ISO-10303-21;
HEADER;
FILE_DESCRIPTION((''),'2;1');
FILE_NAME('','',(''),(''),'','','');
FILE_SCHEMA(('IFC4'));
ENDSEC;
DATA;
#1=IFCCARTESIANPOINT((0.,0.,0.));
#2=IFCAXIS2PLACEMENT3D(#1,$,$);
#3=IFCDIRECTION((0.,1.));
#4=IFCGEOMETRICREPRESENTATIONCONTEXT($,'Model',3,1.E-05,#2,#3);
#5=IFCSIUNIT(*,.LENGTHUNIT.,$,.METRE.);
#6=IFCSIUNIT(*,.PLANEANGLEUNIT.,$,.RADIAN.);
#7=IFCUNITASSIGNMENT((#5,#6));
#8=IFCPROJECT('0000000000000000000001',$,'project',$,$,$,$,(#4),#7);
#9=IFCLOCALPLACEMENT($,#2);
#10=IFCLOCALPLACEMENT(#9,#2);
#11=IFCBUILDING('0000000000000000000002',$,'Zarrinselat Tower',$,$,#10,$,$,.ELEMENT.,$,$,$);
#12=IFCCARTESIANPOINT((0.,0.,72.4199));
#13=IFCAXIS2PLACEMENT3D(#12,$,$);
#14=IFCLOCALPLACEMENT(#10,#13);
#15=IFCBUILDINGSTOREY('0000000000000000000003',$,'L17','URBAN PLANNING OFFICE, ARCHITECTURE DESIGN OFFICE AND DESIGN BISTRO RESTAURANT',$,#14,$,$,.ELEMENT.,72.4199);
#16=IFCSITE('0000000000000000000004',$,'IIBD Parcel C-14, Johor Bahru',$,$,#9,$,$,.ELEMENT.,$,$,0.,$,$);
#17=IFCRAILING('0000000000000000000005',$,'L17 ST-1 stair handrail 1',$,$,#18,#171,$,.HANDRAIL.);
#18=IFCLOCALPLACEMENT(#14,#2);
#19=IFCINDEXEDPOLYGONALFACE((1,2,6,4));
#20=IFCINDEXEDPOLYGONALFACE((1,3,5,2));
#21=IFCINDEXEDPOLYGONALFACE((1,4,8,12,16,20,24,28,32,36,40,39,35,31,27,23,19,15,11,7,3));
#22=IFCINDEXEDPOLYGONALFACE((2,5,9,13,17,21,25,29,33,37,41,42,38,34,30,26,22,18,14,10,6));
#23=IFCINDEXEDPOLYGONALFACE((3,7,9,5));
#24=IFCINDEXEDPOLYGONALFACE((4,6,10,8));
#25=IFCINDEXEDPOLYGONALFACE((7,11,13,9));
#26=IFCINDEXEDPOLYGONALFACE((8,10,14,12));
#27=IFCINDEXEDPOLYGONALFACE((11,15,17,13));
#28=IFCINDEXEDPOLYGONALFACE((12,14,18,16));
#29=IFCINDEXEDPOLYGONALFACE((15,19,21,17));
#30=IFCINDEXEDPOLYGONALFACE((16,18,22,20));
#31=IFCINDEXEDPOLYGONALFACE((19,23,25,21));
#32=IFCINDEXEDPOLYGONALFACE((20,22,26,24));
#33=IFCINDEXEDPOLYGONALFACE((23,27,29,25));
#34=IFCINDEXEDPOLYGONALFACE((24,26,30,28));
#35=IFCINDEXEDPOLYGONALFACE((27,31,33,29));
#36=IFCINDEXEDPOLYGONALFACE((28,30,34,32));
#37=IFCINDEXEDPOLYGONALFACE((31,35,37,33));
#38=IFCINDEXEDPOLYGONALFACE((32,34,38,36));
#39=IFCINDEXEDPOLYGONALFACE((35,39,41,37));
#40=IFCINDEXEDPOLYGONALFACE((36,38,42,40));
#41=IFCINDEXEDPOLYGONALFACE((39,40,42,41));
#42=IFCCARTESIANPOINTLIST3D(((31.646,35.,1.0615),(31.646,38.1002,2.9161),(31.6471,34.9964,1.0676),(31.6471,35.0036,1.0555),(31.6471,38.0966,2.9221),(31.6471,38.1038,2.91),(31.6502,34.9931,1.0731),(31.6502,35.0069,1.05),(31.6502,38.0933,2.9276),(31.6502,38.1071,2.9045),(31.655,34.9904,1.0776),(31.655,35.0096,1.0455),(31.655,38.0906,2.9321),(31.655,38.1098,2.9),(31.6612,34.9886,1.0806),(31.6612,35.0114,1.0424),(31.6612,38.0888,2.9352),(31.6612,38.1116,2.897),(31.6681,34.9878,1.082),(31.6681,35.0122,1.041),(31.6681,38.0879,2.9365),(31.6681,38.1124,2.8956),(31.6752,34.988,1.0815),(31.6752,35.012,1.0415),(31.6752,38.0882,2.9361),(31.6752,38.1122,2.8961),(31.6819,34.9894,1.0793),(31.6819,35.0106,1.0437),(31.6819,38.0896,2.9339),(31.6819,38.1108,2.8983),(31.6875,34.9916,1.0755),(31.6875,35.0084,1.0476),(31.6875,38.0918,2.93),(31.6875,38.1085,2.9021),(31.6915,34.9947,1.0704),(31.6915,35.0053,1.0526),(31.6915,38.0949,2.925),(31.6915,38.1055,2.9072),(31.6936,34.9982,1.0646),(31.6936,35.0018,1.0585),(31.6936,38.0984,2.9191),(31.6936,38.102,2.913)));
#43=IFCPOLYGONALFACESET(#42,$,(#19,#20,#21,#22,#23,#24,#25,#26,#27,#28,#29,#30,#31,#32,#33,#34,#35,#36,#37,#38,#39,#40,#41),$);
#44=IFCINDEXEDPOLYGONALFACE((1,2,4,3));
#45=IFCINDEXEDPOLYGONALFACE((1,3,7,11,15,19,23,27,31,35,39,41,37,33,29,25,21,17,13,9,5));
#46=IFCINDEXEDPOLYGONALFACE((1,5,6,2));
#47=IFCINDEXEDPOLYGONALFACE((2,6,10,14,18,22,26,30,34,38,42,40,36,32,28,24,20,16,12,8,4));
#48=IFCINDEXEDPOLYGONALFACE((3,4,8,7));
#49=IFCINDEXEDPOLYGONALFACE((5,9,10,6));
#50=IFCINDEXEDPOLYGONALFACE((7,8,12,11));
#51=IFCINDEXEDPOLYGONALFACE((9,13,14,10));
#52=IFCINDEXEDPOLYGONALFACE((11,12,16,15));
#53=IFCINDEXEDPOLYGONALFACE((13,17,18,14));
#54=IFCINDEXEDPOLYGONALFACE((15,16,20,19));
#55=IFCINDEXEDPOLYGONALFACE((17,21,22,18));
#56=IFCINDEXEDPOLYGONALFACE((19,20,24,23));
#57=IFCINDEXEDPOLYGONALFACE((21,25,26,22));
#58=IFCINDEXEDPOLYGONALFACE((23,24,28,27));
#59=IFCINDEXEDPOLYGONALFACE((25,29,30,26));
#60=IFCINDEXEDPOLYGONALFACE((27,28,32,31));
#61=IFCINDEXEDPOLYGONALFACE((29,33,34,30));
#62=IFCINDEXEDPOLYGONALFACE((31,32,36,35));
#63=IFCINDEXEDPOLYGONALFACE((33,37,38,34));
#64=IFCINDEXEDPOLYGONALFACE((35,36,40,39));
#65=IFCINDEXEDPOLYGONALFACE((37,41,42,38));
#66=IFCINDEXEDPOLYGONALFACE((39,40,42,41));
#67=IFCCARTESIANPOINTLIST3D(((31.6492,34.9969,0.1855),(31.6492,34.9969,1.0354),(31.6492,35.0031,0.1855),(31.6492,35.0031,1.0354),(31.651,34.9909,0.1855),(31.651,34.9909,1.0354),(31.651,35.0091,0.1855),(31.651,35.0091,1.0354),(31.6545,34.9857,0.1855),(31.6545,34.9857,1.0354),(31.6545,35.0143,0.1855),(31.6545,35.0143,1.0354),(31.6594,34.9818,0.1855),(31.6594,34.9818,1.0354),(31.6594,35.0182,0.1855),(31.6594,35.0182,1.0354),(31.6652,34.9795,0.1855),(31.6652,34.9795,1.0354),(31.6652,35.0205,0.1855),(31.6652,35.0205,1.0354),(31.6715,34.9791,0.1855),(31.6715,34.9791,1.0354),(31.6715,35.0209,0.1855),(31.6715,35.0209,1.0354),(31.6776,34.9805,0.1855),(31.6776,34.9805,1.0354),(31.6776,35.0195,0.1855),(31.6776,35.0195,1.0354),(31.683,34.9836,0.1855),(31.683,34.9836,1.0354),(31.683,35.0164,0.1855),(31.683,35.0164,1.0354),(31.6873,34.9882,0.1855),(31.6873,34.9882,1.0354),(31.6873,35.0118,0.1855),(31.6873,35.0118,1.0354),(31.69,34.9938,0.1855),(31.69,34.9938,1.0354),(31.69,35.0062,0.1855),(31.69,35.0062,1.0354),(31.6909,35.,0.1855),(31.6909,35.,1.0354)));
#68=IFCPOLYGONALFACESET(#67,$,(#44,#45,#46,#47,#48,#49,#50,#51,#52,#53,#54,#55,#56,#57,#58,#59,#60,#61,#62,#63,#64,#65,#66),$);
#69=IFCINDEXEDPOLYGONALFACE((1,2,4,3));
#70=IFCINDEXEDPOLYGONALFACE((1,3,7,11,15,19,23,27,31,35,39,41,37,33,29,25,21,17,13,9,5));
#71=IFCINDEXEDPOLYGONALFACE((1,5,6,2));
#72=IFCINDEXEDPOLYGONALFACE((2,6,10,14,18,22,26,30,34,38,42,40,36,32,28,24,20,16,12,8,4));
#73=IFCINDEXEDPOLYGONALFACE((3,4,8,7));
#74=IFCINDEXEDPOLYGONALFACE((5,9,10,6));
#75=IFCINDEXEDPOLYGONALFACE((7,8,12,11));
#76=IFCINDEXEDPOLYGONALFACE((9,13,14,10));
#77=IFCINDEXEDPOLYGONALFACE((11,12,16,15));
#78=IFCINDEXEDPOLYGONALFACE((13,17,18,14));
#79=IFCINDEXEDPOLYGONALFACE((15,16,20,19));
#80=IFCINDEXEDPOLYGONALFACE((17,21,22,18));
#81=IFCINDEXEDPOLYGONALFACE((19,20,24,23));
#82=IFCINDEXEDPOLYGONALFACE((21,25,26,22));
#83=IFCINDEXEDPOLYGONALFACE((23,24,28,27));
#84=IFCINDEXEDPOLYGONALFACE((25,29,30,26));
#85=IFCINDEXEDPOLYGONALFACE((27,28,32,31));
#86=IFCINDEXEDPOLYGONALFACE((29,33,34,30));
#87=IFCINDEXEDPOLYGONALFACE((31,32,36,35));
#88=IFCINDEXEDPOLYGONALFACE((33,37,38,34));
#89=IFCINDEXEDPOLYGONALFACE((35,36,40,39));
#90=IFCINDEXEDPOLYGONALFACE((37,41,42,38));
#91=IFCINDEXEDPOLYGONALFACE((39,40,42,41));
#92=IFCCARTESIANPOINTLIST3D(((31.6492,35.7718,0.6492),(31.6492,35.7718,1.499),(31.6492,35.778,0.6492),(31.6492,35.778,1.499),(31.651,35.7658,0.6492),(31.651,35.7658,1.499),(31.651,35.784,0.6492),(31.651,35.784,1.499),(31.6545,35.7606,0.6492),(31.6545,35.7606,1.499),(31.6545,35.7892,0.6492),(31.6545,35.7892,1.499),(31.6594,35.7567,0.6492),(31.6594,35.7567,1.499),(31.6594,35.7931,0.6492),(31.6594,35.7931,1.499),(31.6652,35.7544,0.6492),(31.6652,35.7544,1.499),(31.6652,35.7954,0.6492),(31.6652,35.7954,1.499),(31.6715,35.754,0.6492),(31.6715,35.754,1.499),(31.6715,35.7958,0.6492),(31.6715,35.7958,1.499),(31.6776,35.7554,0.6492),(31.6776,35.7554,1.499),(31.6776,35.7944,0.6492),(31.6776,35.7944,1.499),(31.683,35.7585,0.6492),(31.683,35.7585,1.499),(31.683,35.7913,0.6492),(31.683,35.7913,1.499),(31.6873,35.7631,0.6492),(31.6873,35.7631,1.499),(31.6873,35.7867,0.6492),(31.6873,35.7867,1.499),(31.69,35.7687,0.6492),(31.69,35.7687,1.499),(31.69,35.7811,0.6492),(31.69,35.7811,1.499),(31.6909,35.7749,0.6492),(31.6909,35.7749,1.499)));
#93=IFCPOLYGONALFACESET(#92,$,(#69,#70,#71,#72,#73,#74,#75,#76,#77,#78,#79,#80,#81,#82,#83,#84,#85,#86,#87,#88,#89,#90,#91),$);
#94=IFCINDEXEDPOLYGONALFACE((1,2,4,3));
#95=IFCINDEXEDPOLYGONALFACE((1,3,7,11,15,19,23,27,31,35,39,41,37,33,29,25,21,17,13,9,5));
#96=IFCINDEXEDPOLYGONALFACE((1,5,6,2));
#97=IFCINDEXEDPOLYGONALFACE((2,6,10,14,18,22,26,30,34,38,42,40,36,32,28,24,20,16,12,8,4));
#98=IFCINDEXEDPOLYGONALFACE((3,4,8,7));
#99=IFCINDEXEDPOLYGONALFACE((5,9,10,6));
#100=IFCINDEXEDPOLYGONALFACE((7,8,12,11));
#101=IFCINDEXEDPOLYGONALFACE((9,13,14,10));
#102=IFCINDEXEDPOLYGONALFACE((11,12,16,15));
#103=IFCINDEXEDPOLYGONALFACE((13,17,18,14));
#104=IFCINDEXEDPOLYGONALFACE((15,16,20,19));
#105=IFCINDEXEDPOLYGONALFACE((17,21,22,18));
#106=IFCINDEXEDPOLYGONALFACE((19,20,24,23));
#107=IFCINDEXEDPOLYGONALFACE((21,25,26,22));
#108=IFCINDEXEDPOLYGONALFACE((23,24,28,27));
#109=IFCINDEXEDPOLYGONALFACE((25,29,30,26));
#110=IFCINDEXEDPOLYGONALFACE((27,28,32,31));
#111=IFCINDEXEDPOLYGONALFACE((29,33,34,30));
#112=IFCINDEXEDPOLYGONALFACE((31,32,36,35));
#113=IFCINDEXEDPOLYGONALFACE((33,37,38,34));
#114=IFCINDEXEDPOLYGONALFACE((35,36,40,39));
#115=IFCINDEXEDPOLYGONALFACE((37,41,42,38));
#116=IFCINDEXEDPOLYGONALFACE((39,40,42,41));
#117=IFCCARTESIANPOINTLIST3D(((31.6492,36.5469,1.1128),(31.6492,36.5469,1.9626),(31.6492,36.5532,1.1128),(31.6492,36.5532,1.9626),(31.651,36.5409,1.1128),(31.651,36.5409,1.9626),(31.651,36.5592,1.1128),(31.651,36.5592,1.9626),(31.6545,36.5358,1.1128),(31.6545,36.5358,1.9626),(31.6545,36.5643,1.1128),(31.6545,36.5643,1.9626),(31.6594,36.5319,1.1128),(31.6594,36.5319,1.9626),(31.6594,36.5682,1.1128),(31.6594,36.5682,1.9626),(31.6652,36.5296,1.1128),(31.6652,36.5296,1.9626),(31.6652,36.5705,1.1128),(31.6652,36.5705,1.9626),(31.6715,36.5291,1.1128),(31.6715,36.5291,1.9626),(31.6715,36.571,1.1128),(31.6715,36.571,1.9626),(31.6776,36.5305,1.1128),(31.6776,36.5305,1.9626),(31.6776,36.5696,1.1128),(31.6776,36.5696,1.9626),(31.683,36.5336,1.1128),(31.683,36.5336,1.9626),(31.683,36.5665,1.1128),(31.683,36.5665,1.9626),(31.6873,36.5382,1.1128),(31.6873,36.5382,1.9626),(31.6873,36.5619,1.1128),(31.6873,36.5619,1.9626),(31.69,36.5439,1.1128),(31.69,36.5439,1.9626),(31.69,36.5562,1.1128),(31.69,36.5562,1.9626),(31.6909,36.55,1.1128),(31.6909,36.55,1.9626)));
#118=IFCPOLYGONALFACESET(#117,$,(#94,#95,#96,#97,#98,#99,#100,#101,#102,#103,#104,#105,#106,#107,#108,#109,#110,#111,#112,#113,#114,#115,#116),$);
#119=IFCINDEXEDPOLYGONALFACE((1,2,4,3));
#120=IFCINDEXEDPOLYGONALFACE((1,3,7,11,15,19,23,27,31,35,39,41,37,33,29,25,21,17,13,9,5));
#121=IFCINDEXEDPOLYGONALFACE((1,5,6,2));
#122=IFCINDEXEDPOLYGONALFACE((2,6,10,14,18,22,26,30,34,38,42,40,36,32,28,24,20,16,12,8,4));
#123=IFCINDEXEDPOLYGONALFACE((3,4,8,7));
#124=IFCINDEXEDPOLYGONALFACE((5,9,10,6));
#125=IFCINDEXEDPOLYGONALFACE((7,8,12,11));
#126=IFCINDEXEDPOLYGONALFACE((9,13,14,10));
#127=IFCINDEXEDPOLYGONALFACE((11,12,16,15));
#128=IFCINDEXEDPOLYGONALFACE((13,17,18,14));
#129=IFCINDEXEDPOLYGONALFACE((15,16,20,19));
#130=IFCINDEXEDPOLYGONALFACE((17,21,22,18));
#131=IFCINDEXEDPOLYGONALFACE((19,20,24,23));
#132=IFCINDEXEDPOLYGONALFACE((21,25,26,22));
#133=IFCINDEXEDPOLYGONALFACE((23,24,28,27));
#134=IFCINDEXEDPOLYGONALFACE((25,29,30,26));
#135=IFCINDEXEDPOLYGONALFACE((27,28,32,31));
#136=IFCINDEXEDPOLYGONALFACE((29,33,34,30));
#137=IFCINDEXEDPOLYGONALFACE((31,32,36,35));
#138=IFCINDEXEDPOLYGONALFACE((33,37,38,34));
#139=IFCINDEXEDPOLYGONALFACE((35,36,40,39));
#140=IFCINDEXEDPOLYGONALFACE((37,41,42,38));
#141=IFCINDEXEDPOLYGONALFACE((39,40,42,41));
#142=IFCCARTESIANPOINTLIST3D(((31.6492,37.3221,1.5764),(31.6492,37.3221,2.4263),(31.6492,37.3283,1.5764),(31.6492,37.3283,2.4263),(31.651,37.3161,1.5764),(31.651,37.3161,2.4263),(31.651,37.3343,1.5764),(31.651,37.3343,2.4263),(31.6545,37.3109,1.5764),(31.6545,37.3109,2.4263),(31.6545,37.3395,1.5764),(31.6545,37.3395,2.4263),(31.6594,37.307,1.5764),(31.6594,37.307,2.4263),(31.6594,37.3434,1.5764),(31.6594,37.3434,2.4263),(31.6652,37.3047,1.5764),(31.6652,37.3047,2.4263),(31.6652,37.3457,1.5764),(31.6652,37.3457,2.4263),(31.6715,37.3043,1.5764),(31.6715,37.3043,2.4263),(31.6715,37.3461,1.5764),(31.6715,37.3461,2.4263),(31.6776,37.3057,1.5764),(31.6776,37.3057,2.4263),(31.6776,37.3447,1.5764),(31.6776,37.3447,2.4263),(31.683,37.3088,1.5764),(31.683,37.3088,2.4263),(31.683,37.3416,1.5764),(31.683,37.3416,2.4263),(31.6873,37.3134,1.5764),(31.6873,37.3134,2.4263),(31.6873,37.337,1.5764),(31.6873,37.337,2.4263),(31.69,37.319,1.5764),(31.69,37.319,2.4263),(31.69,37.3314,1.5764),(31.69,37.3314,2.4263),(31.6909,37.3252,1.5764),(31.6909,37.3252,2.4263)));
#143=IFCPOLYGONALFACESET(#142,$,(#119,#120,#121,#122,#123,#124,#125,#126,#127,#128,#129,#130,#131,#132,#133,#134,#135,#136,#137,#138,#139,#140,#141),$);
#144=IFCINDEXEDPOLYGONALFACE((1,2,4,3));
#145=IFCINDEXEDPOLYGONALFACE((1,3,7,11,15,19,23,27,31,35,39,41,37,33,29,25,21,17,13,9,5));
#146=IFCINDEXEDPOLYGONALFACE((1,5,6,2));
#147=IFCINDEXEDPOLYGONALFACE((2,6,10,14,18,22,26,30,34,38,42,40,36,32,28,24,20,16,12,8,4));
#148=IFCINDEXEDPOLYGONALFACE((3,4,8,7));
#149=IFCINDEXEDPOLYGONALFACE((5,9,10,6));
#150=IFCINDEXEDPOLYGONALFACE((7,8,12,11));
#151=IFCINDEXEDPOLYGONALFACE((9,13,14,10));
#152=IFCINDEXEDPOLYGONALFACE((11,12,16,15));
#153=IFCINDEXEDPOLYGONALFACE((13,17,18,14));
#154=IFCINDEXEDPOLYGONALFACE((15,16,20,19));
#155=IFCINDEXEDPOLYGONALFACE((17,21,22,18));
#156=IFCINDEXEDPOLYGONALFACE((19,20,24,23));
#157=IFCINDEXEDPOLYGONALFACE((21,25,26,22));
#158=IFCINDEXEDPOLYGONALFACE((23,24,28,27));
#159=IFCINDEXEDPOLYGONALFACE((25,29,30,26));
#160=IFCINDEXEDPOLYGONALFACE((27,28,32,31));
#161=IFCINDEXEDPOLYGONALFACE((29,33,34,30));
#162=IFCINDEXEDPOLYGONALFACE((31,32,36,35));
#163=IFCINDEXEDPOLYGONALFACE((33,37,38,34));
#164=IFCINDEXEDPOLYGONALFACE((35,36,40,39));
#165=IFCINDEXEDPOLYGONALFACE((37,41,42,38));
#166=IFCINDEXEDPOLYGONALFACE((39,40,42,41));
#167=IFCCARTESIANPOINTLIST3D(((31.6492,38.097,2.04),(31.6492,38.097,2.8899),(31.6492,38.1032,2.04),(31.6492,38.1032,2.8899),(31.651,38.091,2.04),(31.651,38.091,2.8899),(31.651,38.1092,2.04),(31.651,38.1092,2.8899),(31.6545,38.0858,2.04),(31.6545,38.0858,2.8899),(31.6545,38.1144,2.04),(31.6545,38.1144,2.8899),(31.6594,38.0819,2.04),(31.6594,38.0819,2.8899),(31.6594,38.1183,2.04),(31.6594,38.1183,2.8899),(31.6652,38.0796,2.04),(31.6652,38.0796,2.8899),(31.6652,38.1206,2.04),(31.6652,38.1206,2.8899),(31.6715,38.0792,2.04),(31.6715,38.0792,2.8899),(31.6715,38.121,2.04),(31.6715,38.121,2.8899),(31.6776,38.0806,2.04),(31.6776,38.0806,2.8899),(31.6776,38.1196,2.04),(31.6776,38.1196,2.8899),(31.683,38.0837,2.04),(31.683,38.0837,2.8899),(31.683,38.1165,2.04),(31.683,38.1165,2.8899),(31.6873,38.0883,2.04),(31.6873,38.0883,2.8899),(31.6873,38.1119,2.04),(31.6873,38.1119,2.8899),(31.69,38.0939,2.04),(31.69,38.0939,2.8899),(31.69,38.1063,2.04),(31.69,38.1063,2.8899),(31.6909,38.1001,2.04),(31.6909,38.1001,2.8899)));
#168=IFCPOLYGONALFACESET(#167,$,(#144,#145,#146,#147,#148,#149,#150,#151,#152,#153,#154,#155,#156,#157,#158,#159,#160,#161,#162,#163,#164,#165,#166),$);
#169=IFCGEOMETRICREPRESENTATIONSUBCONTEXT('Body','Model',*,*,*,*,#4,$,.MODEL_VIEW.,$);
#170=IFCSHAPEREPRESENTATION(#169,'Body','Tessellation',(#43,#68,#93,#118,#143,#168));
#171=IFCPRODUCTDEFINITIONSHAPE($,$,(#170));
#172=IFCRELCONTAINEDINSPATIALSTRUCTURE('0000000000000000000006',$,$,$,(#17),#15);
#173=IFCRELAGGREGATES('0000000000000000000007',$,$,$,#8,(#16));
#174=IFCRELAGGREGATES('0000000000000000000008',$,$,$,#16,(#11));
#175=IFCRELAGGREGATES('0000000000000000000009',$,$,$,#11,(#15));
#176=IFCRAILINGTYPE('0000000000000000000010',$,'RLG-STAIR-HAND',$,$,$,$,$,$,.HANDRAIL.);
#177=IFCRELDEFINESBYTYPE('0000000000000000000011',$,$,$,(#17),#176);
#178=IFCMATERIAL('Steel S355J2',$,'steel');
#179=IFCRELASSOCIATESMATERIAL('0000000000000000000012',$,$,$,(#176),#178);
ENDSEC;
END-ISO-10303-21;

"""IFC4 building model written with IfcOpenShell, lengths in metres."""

from ifc_helpers import new_model, si_unit, direction, frame, origin, origin_2d, place, context, subcontext, project, spatial, circle, extrude, material, type_object, element, save


model = new_model("IFC4")

# Units and contexts
model_context = context("Model", 3, precision=1e-05, world=origin(), true_north=direction((0.0, 1.0)))
body_context = subcontext(model_context, "Body", "Model", "MODEL_VIEW")
ifc_project = project(units=[si_unit("LENGTHUNIT", "METRE"), si_unit("PLANEANGLEUNIT", "RADIAN")], contexts=[model_context])

# Site, building, storey
site_placement = place(None, origin())
site = spatial("IfcSite", under=ifc_project, at=site_placement, Name="IIBD Parcel C-14, Johor Bahru", CompositionType="ELEMENT", RefElevation=0.0)
building_placement = place(site_placement, origin())
building = spatial("IfcBuilding", under=site, at=building_placement, Name="Zarrinselat Tower", CompositionType="ELEMENT")
storey_placement = place(building_placement, frame((0.0, 0.0, 72.4199)))
storey = spatial("IfcBuildingStorey", under=building, at=storey_placement, Name="L17", Description="URBAN PLANNING OFFICE, ARCHITECTURE DESIGN OFFICE AND DESIGN BISTRO RESTAURANT", CompositionType="ELEMENT", Elevation=72.4199)

# Railing
ifc_material_1 = material(Name="Steel S355J2", Category="steel")
railing_type_1 = type_object("IfcRailingType", Name="RLG-STAIR-HAND", PredefinedType="HANDRAIL", material=ifc_material_1)
railing_1_placement = place(storey_placement, frame((31.6699, 35.0, 0.1855)))
element("IfcRailing", 1, at=railing_1_placement, inside=storey, type_object=railing_type_1, Name="L17 ST-1 stair handrail 1", PredefinedType="HANDRAIL", context=body_context, shape_type="SweptSolid", body=[
    extrude(circle(Radius=0.0239, at=origin_2d()), frame((0.0, 0.0, 0.876), z_axis=(0.0, 0.858172, 0.513362), x_axis=(-1.0, 0.0, 0.0)), (0.0, 0.0, 1.0), 3.6125),
    extrude(circle(Radius=0.021, at=origin_2d()), origin(), (0.0, 0.0, 1.0), 0.8499),
    extrude(circle(Radius=0.021, at=origin_2d()), frame((0.0, 0.7749, 0.4636)), (0.0, 0.0, 1.0), 0.8499),
    extrude(circle(Radius=0.021, at=origin_2d()), frame((0.0, 1.55, 0.9272)), (0.0, 0.0, 1.0), 0.8499),
    extrude(circle(Radius=0.021, at=origin_2d()), frame((0.0, 2.3252, 1.3909)), (0.0, 0.0, 1.0), 0.8499),
    extrude(circle(Radius=0.021, at=origin_2d()), frame((0.0, 3.1001, 1.8545)), (0.0, 0.0, 1.0), 0.8499),
])

save(model, "model.ifc")
